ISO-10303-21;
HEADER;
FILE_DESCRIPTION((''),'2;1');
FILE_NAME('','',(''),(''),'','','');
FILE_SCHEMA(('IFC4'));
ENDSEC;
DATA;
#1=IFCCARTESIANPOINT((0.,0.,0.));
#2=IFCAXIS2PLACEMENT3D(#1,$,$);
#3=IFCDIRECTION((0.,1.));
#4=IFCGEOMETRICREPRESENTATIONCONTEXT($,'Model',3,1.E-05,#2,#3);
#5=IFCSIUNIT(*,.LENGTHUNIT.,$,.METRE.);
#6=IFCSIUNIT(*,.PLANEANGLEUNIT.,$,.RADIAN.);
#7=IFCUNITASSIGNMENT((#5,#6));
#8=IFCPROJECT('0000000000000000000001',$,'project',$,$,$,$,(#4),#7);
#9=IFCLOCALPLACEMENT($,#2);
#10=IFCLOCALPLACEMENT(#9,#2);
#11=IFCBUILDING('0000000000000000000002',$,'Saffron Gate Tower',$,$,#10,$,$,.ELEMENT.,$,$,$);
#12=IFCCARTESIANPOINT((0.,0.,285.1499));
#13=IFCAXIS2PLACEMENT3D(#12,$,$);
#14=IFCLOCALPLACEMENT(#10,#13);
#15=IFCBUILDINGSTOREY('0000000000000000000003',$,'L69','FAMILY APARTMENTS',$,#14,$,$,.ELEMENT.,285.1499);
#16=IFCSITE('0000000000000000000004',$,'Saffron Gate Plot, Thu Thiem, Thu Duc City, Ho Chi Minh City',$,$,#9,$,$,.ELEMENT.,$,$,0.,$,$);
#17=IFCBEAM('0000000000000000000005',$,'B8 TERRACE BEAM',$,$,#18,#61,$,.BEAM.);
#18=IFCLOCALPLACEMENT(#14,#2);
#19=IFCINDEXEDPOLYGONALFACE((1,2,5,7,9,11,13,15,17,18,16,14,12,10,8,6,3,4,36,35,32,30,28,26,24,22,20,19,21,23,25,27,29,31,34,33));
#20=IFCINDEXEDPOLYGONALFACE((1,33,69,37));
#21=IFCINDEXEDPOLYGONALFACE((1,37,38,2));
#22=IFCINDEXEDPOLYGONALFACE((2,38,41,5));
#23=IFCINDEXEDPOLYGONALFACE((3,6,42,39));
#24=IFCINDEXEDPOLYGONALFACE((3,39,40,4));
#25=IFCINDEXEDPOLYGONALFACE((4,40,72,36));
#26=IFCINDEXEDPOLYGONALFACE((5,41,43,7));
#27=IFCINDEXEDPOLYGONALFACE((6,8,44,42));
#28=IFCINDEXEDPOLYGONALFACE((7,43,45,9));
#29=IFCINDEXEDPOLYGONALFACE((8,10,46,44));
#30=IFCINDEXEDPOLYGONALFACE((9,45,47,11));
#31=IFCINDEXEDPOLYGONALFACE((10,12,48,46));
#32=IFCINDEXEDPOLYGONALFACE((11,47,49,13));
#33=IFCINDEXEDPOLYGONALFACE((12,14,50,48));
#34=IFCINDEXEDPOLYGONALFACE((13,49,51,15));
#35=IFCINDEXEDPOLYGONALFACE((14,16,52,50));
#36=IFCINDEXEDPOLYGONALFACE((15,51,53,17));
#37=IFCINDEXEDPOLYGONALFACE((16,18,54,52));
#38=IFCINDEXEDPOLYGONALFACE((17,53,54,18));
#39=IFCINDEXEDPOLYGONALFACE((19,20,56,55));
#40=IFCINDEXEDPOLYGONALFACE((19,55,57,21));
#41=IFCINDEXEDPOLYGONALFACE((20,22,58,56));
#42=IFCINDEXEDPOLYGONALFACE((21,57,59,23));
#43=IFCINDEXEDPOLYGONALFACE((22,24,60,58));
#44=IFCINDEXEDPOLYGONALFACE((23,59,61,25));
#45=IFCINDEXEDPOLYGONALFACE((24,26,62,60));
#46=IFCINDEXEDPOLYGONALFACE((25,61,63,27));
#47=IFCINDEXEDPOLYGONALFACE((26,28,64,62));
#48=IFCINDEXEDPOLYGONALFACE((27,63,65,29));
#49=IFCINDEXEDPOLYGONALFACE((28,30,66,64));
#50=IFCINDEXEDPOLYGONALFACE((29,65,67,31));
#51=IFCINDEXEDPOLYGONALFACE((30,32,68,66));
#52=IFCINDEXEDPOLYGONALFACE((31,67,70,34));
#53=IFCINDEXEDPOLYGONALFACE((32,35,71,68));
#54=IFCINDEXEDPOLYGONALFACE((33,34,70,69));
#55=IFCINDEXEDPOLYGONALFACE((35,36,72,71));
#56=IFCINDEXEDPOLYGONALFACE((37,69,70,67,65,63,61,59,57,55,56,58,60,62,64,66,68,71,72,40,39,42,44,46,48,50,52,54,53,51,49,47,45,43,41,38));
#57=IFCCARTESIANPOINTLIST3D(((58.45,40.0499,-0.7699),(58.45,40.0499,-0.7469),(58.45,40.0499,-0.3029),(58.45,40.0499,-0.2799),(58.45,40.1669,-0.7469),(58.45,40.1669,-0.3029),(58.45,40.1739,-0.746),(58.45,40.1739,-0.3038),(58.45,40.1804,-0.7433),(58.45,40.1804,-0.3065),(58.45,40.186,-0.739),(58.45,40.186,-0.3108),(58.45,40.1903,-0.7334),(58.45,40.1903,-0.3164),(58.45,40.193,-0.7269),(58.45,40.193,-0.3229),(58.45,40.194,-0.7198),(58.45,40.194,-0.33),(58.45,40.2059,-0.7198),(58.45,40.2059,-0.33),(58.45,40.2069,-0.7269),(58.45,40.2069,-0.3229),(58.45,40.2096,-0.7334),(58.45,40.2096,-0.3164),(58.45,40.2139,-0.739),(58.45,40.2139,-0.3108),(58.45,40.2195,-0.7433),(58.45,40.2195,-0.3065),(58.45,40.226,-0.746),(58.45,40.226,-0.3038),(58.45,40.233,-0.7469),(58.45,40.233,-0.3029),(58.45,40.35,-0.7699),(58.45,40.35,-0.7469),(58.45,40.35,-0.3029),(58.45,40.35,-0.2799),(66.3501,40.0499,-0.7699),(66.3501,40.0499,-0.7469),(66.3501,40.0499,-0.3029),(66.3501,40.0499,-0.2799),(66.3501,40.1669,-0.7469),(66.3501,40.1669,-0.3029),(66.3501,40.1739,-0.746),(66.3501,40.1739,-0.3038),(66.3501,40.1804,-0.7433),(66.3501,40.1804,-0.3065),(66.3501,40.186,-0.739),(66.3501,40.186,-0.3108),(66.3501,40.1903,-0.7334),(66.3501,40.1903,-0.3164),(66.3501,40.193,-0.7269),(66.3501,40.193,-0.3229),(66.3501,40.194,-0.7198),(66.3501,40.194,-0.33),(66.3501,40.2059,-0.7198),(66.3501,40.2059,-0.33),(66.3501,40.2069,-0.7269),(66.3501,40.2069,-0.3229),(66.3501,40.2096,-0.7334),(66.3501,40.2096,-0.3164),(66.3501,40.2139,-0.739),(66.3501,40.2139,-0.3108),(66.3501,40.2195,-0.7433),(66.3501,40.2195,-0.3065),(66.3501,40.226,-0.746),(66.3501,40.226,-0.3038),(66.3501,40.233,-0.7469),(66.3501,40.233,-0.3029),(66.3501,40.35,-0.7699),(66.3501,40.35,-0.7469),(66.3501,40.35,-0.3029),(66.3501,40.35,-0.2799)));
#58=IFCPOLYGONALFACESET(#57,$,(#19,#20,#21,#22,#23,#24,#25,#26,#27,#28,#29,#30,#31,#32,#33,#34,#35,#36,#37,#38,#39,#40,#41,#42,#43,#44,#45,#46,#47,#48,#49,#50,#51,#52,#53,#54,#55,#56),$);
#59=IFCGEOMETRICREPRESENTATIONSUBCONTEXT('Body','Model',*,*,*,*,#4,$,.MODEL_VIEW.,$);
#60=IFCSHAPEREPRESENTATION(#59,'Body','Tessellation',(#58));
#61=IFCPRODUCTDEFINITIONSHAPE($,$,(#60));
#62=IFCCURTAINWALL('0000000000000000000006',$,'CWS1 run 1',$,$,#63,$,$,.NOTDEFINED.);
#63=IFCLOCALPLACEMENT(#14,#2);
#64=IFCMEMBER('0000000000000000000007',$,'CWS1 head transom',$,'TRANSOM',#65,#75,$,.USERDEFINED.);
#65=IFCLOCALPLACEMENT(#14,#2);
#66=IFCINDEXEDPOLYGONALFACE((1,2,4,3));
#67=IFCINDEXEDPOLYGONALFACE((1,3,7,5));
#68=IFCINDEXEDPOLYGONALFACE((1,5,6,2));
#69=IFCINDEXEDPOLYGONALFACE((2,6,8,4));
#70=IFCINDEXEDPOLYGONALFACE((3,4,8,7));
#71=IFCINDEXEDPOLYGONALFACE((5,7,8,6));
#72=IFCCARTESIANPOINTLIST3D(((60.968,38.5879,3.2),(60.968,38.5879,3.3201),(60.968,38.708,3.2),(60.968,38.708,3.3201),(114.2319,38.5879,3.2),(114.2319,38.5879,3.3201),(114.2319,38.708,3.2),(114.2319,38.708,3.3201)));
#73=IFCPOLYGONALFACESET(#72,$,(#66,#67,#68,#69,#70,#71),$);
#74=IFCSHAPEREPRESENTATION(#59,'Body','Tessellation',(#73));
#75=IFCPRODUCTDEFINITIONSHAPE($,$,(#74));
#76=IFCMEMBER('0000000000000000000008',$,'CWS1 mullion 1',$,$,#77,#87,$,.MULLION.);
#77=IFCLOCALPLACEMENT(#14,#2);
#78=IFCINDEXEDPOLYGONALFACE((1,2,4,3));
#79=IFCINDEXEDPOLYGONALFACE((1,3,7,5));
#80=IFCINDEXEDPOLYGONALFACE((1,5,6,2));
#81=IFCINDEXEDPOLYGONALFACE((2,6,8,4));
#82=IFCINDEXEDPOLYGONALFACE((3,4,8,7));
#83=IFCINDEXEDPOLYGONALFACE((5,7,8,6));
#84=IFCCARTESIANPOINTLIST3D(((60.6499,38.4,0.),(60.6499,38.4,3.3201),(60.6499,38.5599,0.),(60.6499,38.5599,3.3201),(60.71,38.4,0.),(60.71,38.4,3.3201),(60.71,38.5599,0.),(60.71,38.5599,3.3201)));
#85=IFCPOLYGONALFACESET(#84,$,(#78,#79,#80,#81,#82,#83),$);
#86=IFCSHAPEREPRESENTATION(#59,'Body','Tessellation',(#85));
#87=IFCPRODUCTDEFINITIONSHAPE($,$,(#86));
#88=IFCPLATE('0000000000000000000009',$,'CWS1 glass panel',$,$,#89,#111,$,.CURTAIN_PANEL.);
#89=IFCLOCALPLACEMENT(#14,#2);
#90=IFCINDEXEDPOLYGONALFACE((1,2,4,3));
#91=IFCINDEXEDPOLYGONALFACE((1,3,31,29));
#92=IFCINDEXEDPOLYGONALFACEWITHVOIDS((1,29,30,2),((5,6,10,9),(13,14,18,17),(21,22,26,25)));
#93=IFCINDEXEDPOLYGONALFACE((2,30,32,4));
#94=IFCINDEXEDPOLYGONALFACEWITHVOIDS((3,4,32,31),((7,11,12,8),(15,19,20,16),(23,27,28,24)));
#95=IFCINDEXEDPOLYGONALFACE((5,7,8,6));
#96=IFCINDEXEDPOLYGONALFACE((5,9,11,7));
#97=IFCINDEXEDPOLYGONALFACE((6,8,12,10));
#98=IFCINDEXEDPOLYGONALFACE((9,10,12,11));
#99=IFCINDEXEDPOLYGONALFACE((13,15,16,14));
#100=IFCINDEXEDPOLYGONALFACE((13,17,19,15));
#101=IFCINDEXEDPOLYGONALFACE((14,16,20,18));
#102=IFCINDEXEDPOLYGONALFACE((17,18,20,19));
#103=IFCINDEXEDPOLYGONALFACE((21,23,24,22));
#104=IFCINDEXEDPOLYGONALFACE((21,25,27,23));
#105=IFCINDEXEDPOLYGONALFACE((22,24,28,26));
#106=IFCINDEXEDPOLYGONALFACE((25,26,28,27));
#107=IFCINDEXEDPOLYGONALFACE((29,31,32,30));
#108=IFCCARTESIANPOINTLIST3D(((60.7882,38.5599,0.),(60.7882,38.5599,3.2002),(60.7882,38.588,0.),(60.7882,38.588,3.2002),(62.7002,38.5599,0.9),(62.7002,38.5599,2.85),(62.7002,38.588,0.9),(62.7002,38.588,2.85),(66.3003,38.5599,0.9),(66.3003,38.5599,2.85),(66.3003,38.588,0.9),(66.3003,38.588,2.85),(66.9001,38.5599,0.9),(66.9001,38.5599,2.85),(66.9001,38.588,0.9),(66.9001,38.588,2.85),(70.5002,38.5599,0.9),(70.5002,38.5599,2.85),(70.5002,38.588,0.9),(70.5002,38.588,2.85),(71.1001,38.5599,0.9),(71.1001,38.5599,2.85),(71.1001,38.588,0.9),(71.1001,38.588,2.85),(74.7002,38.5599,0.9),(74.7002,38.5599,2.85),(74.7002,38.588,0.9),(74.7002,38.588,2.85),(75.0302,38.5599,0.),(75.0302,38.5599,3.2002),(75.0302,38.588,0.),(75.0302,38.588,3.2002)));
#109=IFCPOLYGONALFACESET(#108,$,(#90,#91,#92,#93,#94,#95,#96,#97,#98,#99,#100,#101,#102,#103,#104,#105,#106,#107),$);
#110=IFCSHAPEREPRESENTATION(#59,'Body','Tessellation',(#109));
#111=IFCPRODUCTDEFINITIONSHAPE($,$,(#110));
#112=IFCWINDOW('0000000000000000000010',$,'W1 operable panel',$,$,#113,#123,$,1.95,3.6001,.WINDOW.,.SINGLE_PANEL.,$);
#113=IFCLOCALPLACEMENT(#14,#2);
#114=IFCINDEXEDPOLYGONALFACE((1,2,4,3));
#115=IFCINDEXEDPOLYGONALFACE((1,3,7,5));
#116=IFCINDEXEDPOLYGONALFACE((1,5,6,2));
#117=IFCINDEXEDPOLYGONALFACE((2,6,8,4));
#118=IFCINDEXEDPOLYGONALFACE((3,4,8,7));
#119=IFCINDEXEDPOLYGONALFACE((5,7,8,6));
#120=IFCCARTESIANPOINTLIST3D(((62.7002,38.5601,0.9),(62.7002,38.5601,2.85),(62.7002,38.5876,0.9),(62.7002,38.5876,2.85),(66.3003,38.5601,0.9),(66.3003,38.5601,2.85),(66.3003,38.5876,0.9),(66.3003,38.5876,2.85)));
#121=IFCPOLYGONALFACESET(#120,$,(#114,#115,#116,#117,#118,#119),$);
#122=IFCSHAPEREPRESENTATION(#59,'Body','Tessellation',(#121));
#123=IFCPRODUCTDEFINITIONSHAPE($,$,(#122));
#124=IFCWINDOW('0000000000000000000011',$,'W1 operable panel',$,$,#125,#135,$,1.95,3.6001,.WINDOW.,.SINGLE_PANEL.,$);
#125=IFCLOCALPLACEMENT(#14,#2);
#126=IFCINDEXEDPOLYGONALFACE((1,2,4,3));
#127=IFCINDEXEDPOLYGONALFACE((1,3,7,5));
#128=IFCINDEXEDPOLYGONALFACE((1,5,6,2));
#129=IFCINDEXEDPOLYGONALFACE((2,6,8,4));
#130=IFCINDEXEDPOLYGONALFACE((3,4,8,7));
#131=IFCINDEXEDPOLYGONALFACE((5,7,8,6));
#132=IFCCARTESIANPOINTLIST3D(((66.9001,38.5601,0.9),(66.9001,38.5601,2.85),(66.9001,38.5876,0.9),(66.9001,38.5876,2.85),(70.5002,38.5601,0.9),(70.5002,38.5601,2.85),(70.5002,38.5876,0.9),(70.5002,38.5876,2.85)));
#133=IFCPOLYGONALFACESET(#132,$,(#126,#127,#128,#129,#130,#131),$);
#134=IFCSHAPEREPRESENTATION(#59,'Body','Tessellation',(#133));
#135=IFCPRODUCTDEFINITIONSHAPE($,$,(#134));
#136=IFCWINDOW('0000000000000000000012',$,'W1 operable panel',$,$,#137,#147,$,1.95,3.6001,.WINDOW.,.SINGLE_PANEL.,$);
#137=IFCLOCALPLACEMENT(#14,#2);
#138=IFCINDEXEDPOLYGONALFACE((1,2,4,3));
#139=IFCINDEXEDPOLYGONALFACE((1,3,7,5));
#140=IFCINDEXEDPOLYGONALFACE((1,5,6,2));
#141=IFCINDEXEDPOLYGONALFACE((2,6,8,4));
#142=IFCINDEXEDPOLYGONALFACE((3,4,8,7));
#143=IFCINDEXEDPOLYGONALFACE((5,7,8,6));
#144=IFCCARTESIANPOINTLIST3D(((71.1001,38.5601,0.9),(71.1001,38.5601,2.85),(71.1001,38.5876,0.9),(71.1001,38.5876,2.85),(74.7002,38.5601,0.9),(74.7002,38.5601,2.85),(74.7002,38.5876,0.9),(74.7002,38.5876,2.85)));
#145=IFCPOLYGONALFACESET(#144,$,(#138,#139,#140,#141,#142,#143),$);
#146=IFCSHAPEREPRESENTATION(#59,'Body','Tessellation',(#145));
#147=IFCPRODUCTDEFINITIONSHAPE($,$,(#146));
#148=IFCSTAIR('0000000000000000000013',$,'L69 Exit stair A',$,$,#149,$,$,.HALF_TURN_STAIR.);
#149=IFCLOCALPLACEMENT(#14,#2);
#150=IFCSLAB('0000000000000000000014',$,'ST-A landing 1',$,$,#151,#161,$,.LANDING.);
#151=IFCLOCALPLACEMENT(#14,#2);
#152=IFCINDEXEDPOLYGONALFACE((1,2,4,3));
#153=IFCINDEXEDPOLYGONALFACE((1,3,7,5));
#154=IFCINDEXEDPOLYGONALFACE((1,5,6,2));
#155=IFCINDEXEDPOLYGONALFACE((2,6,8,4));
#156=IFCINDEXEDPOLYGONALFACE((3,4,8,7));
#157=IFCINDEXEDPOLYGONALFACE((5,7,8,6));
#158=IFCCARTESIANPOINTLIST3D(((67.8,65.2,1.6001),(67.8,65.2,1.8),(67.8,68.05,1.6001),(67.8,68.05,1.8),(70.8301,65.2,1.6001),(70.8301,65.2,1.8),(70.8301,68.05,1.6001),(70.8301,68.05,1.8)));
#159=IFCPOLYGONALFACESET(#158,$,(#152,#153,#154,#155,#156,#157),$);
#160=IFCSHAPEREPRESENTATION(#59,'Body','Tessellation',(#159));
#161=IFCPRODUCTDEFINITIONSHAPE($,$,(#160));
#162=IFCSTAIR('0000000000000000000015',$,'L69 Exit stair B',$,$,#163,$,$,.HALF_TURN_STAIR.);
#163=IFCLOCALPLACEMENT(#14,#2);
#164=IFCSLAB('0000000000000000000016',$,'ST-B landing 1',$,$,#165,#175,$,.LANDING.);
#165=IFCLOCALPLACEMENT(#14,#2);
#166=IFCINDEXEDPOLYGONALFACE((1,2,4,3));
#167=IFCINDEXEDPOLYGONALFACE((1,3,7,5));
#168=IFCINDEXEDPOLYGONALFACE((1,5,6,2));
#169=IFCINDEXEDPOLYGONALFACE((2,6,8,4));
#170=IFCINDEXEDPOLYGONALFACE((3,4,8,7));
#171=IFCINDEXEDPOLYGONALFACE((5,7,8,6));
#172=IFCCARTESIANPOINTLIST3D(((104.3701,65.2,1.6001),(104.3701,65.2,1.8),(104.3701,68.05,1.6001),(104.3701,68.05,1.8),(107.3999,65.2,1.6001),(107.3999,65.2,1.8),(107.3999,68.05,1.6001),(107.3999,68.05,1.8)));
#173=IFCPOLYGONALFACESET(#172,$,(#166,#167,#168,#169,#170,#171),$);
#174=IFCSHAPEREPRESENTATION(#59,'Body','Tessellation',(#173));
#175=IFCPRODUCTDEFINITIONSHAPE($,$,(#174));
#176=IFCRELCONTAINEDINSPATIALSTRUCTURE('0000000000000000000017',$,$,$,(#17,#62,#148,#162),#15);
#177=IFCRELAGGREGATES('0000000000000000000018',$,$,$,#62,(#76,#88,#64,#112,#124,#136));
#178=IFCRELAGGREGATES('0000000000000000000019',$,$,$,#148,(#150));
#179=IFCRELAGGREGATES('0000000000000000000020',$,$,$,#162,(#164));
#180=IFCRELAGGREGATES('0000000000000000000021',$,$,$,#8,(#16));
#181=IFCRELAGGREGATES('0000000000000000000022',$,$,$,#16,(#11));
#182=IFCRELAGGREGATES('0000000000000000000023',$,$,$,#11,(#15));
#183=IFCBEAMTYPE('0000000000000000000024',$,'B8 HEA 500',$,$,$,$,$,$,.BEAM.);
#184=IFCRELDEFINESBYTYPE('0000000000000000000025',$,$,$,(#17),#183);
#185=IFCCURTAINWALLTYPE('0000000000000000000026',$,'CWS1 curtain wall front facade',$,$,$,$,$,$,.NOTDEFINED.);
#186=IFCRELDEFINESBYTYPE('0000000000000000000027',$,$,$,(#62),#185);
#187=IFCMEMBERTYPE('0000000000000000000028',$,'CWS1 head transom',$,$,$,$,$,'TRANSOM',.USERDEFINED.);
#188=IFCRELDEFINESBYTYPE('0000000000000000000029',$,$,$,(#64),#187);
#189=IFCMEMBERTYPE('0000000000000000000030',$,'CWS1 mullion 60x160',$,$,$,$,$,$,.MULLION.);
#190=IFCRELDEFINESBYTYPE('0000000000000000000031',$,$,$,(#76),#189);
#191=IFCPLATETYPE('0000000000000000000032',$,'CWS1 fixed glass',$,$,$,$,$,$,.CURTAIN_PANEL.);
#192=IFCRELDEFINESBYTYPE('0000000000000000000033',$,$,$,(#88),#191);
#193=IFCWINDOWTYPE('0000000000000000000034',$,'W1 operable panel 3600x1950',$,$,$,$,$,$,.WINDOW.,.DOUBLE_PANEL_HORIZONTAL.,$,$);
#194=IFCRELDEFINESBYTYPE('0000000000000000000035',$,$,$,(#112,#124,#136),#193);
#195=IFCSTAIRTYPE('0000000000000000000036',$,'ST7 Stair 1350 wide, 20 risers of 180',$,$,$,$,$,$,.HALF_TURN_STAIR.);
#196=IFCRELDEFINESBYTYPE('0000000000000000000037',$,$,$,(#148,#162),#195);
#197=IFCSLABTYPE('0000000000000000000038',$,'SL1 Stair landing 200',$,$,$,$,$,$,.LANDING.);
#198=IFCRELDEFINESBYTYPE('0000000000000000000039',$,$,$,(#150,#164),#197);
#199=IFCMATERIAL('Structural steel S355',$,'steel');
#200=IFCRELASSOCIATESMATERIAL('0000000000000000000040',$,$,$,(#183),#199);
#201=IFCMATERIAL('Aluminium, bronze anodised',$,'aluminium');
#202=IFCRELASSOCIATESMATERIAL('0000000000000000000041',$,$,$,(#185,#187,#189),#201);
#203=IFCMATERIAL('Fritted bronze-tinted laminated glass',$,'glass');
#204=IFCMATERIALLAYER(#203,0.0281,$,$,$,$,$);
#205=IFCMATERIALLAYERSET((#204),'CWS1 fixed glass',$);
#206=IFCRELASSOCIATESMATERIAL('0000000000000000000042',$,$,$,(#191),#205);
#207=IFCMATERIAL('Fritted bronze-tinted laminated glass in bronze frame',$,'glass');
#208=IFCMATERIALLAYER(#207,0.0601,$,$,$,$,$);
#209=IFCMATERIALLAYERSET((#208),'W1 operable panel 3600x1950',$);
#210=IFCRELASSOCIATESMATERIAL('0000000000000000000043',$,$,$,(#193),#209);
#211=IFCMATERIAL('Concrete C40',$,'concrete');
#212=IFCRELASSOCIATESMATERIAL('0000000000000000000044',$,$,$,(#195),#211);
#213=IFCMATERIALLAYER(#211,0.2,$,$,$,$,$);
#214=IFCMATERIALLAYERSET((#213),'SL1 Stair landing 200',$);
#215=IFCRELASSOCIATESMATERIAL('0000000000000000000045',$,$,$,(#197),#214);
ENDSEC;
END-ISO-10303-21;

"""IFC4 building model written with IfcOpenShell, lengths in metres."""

from ifc_helpers import new_model, si_unit, direction, frame, frame_2d, origin, origin_2d, place, context, subcontext, project, spatial, polyline, rectangle, i_section, outline, extrude, material, layer, layer_set, material_profile, profile_set, type_object, element, fill, aggregate, save


model = new_model("IFC4")

# Units and contexts
model_context = context("Model", 3, precision=1e-05, world=origin(), true_north=direction((0.0, 1.0)))
body_context = subcontext(model_context, "Body", "Model", "MODEL_VIEW")
ifc_project = project(units=[si_unit("LENGTHUNIT", "METRE"), si_unit("PLANEANGLEUNIT", "RADIAN")], contexts=[model_context])

# Site, building, storey
site_placement = place(None, origin())
site = spatial("IfcSite", under=ifc_project, at=site_placement, Name="Saffron Gate Plot, Thu Thiem, Thu Duc City, Ho Chi Minh City", CompositionType="ELEMENT", RefElevation=0.0)
building_placement = place(site_placement, origin())
building = spatial("IfcBuilding", under=site, at=building_placement, Name="Saffron Gate Tower", CompositionType="ELEMENT")
storey_placement = place(building_placement, frame((0.0, 0.0, 285.1499)))
storey = spatial("IfcBuildingStorey", under=building, at=storey_placement, Name="L69", Description="FAMILY APARTMENTS", CompositionType="ELEMENT", Elevation=285.1499)

# Beam
ifc_material_1 = material(Name="Structural steel S355", Category="steel")
ifc_material_profile_1 = material_profile(ifc_material_1, i_section(OverallWidth=0.3, OverallDepth=0.49, WebThickness=0.012, FlangeThickness=0.0229, FilletRadius=0.0271, at=origin_2d()))
ifc_profile_set_1 = profile_set([ifc_material_profile_1], Name="Structural steel S355")
beam_type = type_object("IfcBeamType", Name="B8 HEA 500", PredefinedType="BEAM", material=ifc_profile_set_1)
beam_placement = place(storey_placement, frame((58.45, 40.2, -0.5249), z_axis=(1.0, 0.0, 0.0), x_axis=(0.0, 1.0, 0.0)))
element("IfcBeam", 1, at=beam_placement, inside=storey, type_object=beam_type, Name="B8 TERRACE BEAM", PredefinedType="BEAM", context=body_context, shape_type="SweptSolid", body=[
    extrude(i_section(OverallWidth=0.3, OverallDepth=0.49, WebThickness=0.012, FlangeThickness=0.0229, FilletRadius=0.0271, at=origin_2d()), origin(), (0.0, 0.0, 1.0), 7.9001),
])

# Curtain wall, members, plate, openings, windows
ifc_material_2 = material(Name="Aluminium, bronze anodised", Category="aluminium")
curtain_wall_type = type_object("IfcCurtainWallType", Name="CWS1 curtain wall front facade", PredefinedType="NOTDEFINED", material=ifc_material_2)
curtain_wall_placement = place(storey_placement, origin())
curtain_wall = element("IfcCurtainWall", 2, at=curtain_wall_placement, inside=storey, type_object=curtain_wall_type, Name="CWS1 run 1", PredefinedType="NOTDEFINED")
ifc_material_profile_2 = material_profile(ifc_material_2, rectangle(XDim=0.1201, YDim=0.1201, at=origin_2d()))
ifc_profile_set_2 = profile_set([ifc_material_profile_2], Name="Aluminium, bronze anodised")
member_type_1 = type_object("IfcMemberType", Name="CWS1 head transom", ElementType="TRANSOM", PredefinedType="USERDEFINED", material=ifc_profile_set_2)
member_1_placement = place(storey_placement, frame((60.968, 38.6479, 3.26), z_axis=(1.0, 0.0, 0.0), x_axis=(0.0, 1.0, 0.0)))
member_1 = element("IfcMember", 3, at=member_1_placement, type_object=member_type_1, Name="CWS1 head transom", ObjectType="TRANSOM", PredefinedType="USERDEFINED", context=body_context, shape_type="SweptSolid", body=[
    extrude(rectangle(XDim=0.1201, YDim=0.1201, at=origin_2d()), origin(), (0.0, 0.0, 1.0), 53.2639),
])
ifc_material_profile_3 = material_profile(ifc_material_2, rectangle(XDim=0.1599, YDim=0.0601, at=origin_2d()))
ifc_profile_set_3 = profile_set([ifc_material_profile_3], Name="Aluminium, bronze anodised")
member_type_2 = type_object("IfcMemberType", Name="CWS1 mullion 60x160", PredefinedType="MULLION", material=ifc_profile_set_3)
member_2_placement = place(storey_placement, frame((60.6799, 38.48, 0.0), z_axis=(0.0, 0.0, 1.0), x_axis=(0.0, 1.0, 0.0)))
member_2 = element("IfcMember", 4, at=member_2_placement, type_object=member_type_2, Name="CWS1 mullion 1", PredefinedType="MULLION", context=body_context, shape_type="SweptSolid", body=[
    extrude(rectangle(XDim=0.1599, YDim=0.0601, at=origin_2d()), origin(), (0.0, 0.0, 1.0), 3.3201),
])
ifc_material_3 = material(Name="Fritted bronze-tinted laminated glass", Category="glass")
ifc_layer_1 = layer(ifc_material_3, 0.0281)
ifc_layer_set_1 = layer_set([ifc_layer_1], Name="CWS1 fixed glass")
plate_type_1 = type_object("IfcPlateType", Name="CWS1 fixed glass", PredefinedType="CURTAIN_PANEL", material=ifc_layer_set_1)
plate_1_placement = place(storey_placement, frame((60.7881, 38.574, 0.0), z_axis=(0.0, 0.0, 1.0), x_axis=(1.0, 0.0, 0.0)))
plate_1 = element("IfcPlate", 5, at=plate_1_placement, type_object=plate_type_1, Name="CWS1 glass panel", PredefinedType="CURTAIN_PANEL", context=body_context, shape_type="SweptSolid", body=[
    extrude(rectangle(XDim=14.2419, YDim=0.0281, at=frame_2d((7.1211, 0.0))), origin(), (0.0, 0.0, 1.0), 3.2002),
])
opening_1_placement = place(plate_1_placement, frame((1.9121, 0.0, 0.8999)))
opening_1 = element("IfcOpeningElement", 6, at=opening_1_placement, cuts=plate_1, PredefinedType="OPENING", context=body_context, shape_type="SweptSolid", body=[
    extrude(rectangle(XDim=3.6001, YDim=1.95, at=frame_2d((1.8, 0.9751))), frame((0.0, 0.0239, 0.0), z_axis=(0.0, -1.0, 0.0), x_axis=(1.0, 0.0, 0.0)), (0.0, 0.0, 1.0), 0.0481),
])
opening_2_placement = place(plate_1_placement, frame((6.1121, 0.0, 0.8999)))
opening_2 = element("IfcOpeningElement", 7, at=opening_2_placement, cuts=plate_1, PredefinedType="OPENING", context=body_context, shape_type="SweptSolid", body=[
    extrude(rectangle(XDim=3.6001, YDim=1.95, at=frame_2d((1.8, 0.9751))), frame((0.0, 0.0239, 0.0), z_axis=(0.0, -1.0, 0.0), x_axis=(1.0, 0.0, 0.0)), (0.0, 0.0, 1.0), 0.0481),
])
opening_3_placement = place(plate_1_placement, frame((10.312, 0.0, 0.8999)))
opening_3 = element("IfcOpeningElement", 8, at=opening_3_placement, cuts=plate_1, PredefinedType="OPENING", context=body_context, shape_type="SweptSolid", body=[
    extrude(rectangle(XDim=3.6001, YDim=1.95, at=frame_2d((1.8, 0.9751))), frame((0.0, 0.0239, 0.0), z_axis=(0.0, -1.0, 0.0), x_axis=(1.0, 0.0, 0.0)), (0.0, 0.0, 1.0), 0.0481),
])
ifc_material_4 = material(Name="Fritted bronze-tinted laminated glass in bronze frame", Category="glass")
ifc_layer_2 = layer(ifc_material_4, 0.0601)
ifc_layer_set_2 = layer_set([ifc_layer_2], Name="W1 operable panel 3600x1950")
window_type = type_object("IfcWindowType", Name="W1 operable panel 3600x1950", PartitioningType="DOUBLE_PANEL_HORIZONTAL", PredefinedType="WINDOW", material=ifc_layer_set_2)
window_1_placement = place(opening_1_placement, origin())
window_1 = element("IfcWindow", 9, at=window_1_placement, type_object=window_type, Name="W1 operable panel", OverallHeight=1.95, OverallWidth=3.6001, PartitioningType="SINGLE_PANEL", PredefinedType="WINDOW", context=body_context, shape_type="SweptSolid", body=[
    extrude(rectangle(XDim=3.6001, YDim=1.95, at=frame_2d((1.8, 0.9751))), frame((0.0, 0.0137, 0.0), z_axis=(0.0, -1.0, 0.0), x_axis=(1.0, 0.0, 0.0)), (0.0, 0.0, 1.0), 0.0276),
])
fill(opening_1, window_1)
window_2_placement = place(opening_2_placement, origin())
window_2 = element("IfcWindow", 10, at=window_2_placement, type_object=window_type, Name="W1 operable panel", OverallHeight=1.95, OverallWidth=3.6001, PartitioningType="SINGLE_PANEL", PredefinedType="WINDOW", context=body_context, shape_type="SweptSolid", body=[
    extrude(rectangle(XDim=3.6001, YDim=1.95, at=frame_2d((1.8, 0.9751))), frame((0.0, 0.0137, 0.0), z_axis=(0.0, -1.0, 0.0), x_axis=(1.0, 0.0, 0.0)), (0.0, 0.0, 1.0), 0.0276),
])
fill(opening_2, window_2)
window_3_placement = place(opening_3_placement, origin())
window_3 = element("IfcWindow", 11, at=window_3_placement, type_object=window_type, Name="W1 operable panel", OverallHeight=1.95, OverallWidth=3.6001, PartitioningType="SINGLE_PANEL", PredefinedType="WINDOW", context=body_context, shape_type="SweptSolid", body=[
    extrude(rectangle(XDim=3.6001, YDim=1.95, at=frame_2d((1.8, 0.9751))), frame((0.0, 0.0137, 0.0), z_axis=(0.0, -1.0, 0.0), x_axis=(1.0, 0.0, 0.0)), (0.0, 0.0, 1.0), 0.0276),
])
fill(opening_3, window_3)
aggregate(curtain_wall, [member_2, plate_1, member_1, window_1, window_2, window_3])

# Stairs, slabs
ifc_material_5 = material(Name="Concrete C40", Category="concrete")
stair_type = type_object("IfcStairType", Name="ST7 Stair 1350 wide, 20 risers of 180", PredefinedType="HALF_TURN_STAIR", material=ifc_material_5)
stair_1_placement = place(storey_placement, origin())
stair_1 = element("IfcStair", 12, at=stair_1_placement, inside=storey, type_object=stair_type, Name="L69 Exit stair A", PredefinedType="HALF_TURN_STAIR")
ifc_layer_3 = layer(ifc_material_5, 0.2)
ifc_layer_set_3 = layer_set([ifc_layer_3], Name="SL1 Stair landing 200")
slab_type_1 = type_object("IfcSlabType", Name="SL1 Stair landing 200", PredefinedType="LANDING", material=ifc_layer_set_3)
slab_1_placement = place(storey_placement, frame((0.0, 0.0, 1.6001)))
slab_1 = element("IfcSlab", 13, at=slab_1_placement, type_object=slab_type_1, Name="ST-A landing 1", PredefinedType="LANDING", context=body_context, shape_type="SweptSolid", body=[
    extrude(outline(polyline([(70.8301, 68.05), (67.8, 68.05), (67.8, 65.2), (70.8301, 65.2), (70.8301, 68.05)])), origin(), (0.0, 0.0, 1.0), 0.2),
])
aggregate(stair_1, [slab_1])
stair_2_placement = place(storey_placement, origin())
stair_2 = element("IfcStair", 14, at=stair_2_placement, inside=storey, type_object=stair_type, Name="L69 Exit stair B", PredefinedType="HALF_TURN_STAIR")
slab_2_placement = place(storey_placement, frame((0.0, 0.0, 1.6001)))
slab_2 = element("IfcSlab", 15, at=slab_2_placement, type_object=slab_type_1, Name="ST-B landing 1", PredefinedType="LANDING", context=body_context, shape_type="SweptSolid", body=[
    extrude(outline(polyline([(104.3701, 65.2), (107.3999, 65.2), (107.3999, 68.05), (104.3701, 68.05), (104.3701, 65.2)])), origin(), (0.0, 0.0, 1.0), 0.2),
])
aggregate(stair_2, [slab_2])

save(model, "model.ifc")
